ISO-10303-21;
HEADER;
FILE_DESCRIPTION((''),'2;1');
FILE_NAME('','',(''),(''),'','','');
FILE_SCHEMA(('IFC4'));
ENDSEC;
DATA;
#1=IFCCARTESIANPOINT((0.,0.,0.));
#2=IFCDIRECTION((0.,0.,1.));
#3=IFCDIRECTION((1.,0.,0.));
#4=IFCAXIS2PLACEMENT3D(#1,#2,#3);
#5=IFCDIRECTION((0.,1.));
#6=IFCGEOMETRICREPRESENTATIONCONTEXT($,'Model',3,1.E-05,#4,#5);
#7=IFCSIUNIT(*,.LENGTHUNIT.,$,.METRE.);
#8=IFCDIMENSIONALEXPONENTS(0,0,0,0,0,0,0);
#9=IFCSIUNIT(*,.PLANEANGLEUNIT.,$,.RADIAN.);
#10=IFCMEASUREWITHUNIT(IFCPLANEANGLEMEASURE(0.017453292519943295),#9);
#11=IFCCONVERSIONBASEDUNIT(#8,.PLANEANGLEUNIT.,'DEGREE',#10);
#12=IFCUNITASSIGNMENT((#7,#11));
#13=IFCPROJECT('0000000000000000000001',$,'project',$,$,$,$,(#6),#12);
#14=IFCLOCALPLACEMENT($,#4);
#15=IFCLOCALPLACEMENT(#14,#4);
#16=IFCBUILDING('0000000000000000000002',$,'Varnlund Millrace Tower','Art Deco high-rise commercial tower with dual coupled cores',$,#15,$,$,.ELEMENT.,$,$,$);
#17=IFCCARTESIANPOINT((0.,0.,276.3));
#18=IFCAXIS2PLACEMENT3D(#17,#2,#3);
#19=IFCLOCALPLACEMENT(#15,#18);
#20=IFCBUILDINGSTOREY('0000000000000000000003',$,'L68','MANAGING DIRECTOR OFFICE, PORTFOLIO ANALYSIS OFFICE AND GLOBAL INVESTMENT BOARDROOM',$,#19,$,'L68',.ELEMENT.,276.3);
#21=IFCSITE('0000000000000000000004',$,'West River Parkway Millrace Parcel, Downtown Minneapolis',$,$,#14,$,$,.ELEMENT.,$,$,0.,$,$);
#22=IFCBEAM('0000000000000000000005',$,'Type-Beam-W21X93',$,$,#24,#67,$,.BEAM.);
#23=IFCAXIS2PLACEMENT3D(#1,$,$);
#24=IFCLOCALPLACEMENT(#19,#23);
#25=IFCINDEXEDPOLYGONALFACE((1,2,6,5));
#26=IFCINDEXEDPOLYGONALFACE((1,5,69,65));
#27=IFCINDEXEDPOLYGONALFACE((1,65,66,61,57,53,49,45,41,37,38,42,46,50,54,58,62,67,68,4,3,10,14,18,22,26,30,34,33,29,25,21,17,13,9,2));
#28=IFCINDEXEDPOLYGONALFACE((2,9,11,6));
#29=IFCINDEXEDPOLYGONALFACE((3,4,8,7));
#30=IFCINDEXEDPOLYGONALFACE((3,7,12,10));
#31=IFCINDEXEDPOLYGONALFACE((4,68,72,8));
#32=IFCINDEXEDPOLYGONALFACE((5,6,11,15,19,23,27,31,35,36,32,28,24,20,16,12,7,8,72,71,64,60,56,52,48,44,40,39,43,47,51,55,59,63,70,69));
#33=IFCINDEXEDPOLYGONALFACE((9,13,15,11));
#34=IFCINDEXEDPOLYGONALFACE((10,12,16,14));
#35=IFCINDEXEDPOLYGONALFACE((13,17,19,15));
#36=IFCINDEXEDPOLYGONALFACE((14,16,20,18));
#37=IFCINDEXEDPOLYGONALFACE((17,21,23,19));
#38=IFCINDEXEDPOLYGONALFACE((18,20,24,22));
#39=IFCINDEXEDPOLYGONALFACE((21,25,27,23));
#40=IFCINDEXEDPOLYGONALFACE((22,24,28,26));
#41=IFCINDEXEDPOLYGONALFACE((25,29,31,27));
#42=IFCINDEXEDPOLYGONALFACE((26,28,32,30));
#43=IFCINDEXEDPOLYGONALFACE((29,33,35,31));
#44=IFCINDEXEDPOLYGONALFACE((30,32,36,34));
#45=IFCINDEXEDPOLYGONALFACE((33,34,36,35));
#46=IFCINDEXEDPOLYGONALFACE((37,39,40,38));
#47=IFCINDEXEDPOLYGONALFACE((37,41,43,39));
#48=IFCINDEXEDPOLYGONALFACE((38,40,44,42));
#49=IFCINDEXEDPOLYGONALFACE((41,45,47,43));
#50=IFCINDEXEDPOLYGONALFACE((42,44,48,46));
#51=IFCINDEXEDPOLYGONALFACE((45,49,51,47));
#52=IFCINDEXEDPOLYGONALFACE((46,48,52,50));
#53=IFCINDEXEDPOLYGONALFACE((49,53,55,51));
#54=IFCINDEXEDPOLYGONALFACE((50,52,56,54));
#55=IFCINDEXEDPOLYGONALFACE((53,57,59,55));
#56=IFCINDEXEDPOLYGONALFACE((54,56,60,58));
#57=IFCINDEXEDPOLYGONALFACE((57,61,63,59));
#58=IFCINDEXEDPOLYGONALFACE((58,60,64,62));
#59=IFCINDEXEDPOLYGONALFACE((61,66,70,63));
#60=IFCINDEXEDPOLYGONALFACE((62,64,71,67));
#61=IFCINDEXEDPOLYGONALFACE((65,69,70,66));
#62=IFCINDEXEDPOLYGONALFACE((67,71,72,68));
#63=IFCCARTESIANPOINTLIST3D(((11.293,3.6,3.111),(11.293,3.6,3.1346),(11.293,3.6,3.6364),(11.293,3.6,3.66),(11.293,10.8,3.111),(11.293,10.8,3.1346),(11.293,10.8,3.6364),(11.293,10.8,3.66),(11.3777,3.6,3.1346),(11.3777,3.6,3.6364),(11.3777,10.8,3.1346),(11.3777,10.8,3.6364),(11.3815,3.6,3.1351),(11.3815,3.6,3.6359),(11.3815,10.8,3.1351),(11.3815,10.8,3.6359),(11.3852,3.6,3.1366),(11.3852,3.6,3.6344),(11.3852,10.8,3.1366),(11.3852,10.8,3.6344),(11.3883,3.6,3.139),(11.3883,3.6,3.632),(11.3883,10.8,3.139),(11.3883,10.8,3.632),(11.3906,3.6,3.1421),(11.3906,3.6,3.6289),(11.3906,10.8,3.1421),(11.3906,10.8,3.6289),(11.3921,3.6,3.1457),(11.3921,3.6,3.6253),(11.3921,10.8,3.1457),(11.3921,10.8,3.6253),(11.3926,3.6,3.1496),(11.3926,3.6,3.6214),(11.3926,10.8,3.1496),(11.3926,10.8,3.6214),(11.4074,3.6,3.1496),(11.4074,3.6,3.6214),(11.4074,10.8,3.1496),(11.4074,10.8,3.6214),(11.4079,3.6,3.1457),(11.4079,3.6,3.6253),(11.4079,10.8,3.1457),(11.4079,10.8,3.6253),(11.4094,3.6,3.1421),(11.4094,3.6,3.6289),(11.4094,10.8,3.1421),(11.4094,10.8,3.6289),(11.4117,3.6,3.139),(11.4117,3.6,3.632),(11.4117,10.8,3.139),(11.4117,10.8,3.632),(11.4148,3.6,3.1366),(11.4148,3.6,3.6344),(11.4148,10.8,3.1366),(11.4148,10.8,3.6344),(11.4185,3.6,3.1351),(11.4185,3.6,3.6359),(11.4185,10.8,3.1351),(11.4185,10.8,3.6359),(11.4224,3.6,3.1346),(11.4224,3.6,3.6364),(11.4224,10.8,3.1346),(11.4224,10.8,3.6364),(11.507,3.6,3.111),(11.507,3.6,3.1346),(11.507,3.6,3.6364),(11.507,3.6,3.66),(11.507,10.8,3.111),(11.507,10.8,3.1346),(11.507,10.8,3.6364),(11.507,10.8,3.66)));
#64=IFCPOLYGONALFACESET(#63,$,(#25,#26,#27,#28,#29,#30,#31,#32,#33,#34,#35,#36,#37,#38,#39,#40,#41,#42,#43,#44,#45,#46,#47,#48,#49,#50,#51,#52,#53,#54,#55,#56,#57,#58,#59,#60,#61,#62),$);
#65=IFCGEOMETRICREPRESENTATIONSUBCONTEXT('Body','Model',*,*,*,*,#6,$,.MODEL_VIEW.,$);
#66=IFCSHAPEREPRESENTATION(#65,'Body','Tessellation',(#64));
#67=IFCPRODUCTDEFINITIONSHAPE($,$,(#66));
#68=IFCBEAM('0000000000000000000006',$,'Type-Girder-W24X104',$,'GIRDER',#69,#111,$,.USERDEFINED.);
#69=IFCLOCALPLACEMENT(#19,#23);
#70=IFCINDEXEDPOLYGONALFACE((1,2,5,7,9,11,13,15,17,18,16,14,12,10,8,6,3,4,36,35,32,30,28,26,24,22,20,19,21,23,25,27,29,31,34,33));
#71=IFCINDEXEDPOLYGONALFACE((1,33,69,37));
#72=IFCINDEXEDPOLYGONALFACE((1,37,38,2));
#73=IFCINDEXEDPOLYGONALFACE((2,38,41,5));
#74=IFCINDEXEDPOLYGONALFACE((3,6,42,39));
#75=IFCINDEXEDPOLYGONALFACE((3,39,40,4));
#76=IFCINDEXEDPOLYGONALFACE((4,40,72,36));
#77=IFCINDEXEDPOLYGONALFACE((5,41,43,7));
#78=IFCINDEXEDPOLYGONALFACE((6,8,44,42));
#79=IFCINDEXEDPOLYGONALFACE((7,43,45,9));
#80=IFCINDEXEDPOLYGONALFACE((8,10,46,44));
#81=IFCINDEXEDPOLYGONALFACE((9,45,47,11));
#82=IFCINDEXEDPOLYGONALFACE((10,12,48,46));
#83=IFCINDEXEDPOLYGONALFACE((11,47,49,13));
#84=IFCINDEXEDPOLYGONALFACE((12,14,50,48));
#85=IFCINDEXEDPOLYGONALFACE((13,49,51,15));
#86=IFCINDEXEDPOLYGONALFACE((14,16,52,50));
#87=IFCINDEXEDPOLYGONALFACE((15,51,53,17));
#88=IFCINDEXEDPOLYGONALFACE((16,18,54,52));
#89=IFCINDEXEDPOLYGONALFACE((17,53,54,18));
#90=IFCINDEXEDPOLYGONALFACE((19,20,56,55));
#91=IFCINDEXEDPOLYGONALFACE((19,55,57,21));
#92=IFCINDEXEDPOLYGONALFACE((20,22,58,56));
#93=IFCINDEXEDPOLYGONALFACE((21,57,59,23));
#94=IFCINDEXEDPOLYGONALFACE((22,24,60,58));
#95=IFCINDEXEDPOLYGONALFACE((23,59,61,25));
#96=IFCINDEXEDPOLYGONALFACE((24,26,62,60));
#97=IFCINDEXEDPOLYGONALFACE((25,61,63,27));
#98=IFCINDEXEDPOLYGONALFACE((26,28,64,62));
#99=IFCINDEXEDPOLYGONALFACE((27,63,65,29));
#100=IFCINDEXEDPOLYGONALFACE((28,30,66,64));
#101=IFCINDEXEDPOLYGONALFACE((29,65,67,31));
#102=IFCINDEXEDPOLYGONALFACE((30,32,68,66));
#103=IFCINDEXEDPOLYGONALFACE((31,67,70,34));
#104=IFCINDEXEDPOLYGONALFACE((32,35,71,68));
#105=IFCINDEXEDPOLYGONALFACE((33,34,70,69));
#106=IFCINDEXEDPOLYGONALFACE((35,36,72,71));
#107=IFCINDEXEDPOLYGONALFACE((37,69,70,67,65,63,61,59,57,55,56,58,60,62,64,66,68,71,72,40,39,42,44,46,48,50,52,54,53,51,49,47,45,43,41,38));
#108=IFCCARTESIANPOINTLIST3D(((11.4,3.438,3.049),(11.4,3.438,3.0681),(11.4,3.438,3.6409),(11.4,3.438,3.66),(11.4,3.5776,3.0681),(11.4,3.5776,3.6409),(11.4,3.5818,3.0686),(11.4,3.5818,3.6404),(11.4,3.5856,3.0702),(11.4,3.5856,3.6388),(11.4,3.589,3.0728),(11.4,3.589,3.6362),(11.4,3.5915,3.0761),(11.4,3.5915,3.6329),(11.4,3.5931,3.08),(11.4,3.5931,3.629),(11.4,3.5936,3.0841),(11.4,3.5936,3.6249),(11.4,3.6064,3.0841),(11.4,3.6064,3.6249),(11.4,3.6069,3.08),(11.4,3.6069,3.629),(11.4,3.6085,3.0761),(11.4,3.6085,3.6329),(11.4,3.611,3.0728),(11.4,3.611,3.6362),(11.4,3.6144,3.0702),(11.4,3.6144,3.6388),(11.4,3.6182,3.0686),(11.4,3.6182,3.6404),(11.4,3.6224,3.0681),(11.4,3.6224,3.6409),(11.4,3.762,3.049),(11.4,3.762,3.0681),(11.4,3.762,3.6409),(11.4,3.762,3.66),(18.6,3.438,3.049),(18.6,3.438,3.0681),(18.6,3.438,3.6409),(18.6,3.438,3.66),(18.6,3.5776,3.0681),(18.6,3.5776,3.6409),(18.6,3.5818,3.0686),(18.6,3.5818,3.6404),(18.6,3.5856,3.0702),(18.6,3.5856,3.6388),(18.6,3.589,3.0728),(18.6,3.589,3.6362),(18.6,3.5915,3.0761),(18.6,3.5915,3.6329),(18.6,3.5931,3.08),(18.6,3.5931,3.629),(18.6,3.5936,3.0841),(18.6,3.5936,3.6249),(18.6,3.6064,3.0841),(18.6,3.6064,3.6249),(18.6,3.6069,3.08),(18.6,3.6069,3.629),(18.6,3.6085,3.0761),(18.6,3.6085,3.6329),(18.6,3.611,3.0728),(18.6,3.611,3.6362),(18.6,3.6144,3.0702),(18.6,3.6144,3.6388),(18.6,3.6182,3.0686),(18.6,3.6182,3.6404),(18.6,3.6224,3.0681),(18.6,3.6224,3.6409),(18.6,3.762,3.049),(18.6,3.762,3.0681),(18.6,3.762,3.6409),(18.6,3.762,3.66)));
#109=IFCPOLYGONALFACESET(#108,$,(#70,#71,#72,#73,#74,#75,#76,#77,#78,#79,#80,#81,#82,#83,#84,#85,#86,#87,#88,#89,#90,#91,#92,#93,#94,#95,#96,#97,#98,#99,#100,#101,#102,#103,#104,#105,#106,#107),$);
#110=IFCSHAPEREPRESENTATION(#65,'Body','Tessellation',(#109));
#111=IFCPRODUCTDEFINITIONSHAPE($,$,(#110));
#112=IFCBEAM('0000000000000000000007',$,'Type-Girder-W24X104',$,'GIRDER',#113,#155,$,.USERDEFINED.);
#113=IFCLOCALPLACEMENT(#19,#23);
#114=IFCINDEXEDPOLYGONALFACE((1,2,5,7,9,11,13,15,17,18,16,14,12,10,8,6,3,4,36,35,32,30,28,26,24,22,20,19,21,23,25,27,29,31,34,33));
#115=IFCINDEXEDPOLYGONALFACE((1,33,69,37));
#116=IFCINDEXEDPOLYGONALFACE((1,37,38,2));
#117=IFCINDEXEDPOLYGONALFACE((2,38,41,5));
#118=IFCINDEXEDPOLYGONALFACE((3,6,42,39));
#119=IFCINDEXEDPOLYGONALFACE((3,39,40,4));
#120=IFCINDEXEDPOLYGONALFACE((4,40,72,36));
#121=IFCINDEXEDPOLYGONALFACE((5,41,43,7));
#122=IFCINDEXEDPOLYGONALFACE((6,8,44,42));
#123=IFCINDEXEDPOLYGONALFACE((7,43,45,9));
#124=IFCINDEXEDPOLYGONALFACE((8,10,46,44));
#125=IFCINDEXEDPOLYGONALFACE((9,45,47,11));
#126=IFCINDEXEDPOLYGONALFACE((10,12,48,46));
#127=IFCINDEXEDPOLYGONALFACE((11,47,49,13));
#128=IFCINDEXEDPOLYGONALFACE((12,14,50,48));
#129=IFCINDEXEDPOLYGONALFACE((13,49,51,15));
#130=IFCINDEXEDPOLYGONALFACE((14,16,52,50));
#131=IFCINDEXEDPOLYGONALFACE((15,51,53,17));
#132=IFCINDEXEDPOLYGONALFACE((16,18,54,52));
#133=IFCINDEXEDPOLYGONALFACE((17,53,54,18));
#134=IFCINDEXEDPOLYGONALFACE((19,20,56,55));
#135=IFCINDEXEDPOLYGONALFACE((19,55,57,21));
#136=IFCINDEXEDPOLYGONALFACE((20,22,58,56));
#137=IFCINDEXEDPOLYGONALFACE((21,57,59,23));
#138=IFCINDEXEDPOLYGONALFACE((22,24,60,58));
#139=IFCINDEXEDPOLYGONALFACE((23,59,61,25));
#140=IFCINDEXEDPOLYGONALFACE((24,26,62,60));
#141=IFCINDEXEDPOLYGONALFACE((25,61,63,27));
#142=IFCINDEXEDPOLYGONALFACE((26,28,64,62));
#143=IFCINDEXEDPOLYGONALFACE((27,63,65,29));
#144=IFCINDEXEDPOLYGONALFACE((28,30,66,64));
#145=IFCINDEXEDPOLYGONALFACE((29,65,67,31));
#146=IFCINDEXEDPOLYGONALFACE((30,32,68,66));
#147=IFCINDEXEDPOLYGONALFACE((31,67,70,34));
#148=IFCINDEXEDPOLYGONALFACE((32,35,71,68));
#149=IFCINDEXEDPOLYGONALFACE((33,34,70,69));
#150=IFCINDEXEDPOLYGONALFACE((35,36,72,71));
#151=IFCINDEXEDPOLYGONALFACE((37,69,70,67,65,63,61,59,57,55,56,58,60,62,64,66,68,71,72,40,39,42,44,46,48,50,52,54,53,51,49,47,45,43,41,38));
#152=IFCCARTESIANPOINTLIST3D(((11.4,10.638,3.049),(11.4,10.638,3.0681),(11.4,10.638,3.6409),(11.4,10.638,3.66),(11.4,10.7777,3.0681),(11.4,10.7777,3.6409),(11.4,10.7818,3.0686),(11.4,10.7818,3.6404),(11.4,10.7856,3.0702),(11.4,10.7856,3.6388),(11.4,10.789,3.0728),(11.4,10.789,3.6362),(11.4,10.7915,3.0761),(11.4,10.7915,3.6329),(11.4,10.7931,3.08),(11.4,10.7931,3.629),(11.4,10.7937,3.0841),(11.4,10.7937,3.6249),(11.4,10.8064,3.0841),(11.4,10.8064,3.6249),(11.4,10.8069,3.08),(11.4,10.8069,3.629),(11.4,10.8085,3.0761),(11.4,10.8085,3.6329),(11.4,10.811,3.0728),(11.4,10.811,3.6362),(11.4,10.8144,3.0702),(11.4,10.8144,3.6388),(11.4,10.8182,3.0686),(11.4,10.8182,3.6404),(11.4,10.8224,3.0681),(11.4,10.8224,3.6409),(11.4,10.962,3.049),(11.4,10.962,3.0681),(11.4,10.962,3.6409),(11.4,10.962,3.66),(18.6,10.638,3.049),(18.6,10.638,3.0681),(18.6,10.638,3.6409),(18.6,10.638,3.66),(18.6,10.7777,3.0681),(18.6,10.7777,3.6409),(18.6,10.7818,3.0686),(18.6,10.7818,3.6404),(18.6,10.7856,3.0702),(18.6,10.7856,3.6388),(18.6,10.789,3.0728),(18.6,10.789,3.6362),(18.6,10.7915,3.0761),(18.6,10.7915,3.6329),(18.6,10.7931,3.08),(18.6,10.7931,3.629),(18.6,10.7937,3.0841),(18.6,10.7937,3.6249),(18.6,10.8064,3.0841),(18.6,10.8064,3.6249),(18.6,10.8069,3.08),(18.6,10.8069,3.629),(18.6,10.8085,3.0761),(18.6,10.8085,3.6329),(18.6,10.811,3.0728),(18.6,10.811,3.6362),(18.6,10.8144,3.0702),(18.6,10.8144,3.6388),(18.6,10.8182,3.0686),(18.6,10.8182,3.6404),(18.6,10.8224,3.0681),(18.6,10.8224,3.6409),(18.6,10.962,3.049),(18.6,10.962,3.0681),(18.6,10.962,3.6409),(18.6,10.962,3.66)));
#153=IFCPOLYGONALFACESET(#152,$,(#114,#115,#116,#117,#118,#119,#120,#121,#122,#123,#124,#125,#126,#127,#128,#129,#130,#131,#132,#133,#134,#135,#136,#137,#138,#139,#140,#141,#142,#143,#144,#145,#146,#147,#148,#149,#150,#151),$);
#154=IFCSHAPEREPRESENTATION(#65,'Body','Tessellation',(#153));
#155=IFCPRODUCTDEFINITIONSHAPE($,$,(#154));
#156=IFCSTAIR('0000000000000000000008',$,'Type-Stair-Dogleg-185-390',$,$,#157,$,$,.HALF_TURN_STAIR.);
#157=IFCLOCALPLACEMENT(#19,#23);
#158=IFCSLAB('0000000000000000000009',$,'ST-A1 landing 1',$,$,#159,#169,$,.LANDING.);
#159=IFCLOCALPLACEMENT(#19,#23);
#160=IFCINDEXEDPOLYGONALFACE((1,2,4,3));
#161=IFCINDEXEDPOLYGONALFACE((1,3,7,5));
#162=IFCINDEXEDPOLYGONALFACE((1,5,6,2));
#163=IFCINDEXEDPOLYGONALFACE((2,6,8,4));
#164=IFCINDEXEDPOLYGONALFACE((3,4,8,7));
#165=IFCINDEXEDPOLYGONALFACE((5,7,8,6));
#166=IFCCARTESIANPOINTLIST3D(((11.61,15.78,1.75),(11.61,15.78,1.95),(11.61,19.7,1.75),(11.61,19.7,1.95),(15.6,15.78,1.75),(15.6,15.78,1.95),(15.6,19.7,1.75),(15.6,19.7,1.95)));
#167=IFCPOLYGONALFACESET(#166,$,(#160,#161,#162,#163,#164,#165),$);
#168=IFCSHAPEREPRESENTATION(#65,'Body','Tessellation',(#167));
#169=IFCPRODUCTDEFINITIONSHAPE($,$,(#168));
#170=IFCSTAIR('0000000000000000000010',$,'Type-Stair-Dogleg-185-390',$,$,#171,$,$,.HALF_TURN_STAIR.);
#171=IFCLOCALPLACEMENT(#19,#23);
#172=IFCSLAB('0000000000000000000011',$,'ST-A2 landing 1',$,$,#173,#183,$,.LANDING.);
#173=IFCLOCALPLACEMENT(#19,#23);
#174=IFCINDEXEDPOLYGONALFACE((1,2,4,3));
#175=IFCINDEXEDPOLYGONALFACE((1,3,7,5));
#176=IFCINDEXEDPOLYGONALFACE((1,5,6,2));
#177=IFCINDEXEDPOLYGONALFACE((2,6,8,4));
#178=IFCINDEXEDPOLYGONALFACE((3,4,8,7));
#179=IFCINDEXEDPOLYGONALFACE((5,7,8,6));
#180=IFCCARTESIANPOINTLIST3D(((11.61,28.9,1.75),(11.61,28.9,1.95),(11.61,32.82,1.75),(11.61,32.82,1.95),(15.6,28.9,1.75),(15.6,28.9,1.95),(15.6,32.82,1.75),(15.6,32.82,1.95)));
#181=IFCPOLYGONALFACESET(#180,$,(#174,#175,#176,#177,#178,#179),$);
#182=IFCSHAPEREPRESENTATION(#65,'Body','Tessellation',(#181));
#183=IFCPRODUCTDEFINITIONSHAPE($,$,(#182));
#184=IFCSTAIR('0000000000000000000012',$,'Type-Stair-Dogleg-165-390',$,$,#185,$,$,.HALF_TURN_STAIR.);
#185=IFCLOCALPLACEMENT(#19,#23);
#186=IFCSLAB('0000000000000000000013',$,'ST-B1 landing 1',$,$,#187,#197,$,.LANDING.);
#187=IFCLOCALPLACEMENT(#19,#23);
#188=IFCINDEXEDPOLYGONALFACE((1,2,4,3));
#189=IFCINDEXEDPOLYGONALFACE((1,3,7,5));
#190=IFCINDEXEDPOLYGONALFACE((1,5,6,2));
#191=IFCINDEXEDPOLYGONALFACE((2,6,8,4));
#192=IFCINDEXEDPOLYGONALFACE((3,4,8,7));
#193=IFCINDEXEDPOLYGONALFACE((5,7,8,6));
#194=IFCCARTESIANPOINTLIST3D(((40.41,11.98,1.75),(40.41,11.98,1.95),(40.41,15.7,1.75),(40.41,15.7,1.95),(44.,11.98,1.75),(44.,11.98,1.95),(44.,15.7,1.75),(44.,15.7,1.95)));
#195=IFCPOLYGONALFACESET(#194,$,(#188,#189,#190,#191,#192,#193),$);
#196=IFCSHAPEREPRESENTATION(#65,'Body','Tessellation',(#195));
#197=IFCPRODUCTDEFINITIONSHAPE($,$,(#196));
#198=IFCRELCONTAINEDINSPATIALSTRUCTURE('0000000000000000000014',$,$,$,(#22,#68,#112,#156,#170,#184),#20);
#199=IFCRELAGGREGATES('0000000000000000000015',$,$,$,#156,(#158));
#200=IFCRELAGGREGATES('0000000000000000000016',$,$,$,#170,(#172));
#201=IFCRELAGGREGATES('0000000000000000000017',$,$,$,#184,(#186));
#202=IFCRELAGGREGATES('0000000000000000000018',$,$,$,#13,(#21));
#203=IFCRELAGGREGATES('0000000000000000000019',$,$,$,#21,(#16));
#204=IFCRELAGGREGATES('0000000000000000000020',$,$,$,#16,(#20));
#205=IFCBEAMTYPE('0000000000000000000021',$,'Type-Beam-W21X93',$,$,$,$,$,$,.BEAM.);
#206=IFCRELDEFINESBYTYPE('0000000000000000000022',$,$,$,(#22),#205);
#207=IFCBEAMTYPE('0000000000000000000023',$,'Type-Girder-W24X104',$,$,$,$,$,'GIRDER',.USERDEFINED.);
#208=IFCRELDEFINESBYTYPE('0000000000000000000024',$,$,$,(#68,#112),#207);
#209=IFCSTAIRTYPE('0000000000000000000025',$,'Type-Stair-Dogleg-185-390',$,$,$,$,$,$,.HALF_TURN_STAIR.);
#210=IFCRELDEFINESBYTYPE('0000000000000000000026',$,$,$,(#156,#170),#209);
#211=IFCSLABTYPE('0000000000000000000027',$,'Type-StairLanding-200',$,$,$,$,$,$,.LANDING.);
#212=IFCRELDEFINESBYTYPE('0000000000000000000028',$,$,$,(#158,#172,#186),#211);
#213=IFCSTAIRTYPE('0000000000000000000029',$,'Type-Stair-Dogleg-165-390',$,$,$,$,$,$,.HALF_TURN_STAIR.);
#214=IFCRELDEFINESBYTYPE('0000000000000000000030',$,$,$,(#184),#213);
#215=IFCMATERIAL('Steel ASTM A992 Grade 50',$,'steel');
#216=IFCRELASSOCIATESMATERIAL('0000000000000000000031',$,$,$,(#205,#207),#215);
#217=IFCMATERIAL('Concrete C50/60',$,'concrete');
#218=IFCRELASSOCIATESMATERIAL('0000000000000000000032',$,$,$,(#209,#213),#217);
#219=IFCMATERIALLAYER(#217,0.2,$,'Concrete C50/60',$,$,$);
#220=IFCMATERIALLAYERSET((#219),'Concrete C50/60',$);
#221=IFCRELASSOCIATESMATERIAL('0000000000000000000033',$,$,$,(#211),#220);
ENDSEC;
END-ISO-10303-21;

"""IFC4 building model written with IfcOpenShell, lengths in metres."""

from ifc_helpers import new_model, entity, si_unit, converted_unit, direction, frame, origin_with_axes, origin_2d_with_axis, place, context, subcontext, project, spatial, polyline, i_section, outline, extrude, material, layer, layer_set, material_profile, profile_set, type_object, element, aggregate, save


model = new_model("IFC4")

# Units and contexts
model_context = context("Model", 3, precision=1e-05, world=origin_with_axes(), true_north=direction((0.0, 1.0)))
body_context = subcontext(model_context, "Body", "Model", "MODEL_VIEW")
ifc_project = project(units=[si_unit("LENGTHUNIT", "METRE"), converted_unit("PLANEANGLEUNIT", "DEGREE", entity("IfcPlaneAngleMeasure", 0.017453292519943295), si_unit("PLANEANGLEUNIT", "RADIAN"), dimensions=[0, 0, 0, 0, 0, 0, 0])], contexts=[model_context])

# Site, building, storey
site_placement = place(None, origin_with_axes())
site = spatial("IfcSite", under=ifc_project, at=site_placement, Name="West River Parkway Millrace Parcel, Downtown Minneapolis", CompositionType="ELEMENT", RefElevation=0.0)
building_placement = place(site_placement, origin_with_axes())
building = spatial("IfcBuilding", under=site, at=building_placement, Name="Varnlund Millrace Tower", Description="Art Deco high-rise commercial tower with dual coupled cores", CompositionType="ELEMENT")
storey_placement = place(building_placement, frame((0.0, 0.0, 276.3), z_axis=(0.0, 0.0, 1.0), x_axis=(1.0, 0.0, 0.0)))
storey = spatial("IfcBuildingStorey", under=building, at=storey_placement, Name="L68", Description="MANAGING DIRECTOR OFFICE, PORTFOLIO ANALYSIS OFFICE AND GLOBAL INVESTMENT BOARDROOM", LongName="L68", CompositionType="ELEMENT", Elevation=276.3)

# Beams
ifc_material_1 = material(Name="Steel ASTM A992 Grade 50", Category="steel")
ifc_material_profile_1 = material_profile(ifc_material_1, i_section(OverallWidth=0.214, OverallDepth=0.549, WebThickness=0.0147, FlangeThickness=0.0236, FilletRadius=0.015, at=origin_2d_with_axis()), Name="Steel ASTM A992 Grade 50")
ifc_profile_set_1 = profile_set([ifc_material_profile_1], Name="Steel ASTM A992 Grade 50")
beam_type_1 = type_object("IfcBeamType", Name="Type-Beam-W21X93", PredefinedType="BEAM", material=ifc_profile_set_1)
beam_placement = place(storey_placement, frame((11.4, 3.6, 3.3855), z_axis=(0.0, 1.0, 0.0), x_axis=(-1.0, 0.0, 0.0)))
element("IfcBeam", 1, at=beam_placement, inside=storey, type_object=beam_type_1, Name="Type-Beam-W21X93", PredefinedType="BEAM", context=body_context, shape_type="SweptSolid", body=[
    extrude(i_section(OverallWidth=0.214, OverallDepth=0.549, WebThickness=0.0147, FlangeThickness=0.0236, FilletRadius=0.015, at=origin_2d_with_axis()), origin_with_axes(), (0.0, 0.0, 1.0), 7.2),
])
ifc_material_profile_2 = material_profile(ifc_material_1, i_section(OverallWidth=0.324, OverallDepth=0.611, WebThickness=0.0127, FlangeThickness=0.0191, FilletRadius=0.016, at=origin_2d_with_axis()), Name="Steel ASTM A992 Grade 50")
ifc_profile_set_2 = profile_set([ifc_material_profile_2], Name="Steel ASTM A992 Grade 50")
beam_type_2 = type_object("IfcBeamType", Name="Type-Girder-W24X104", ElementType="GIRDER", PredefinedType="USERDEFINED", material=ifc_profile_set_2)
for number, where, z_axis, x_axis, name in (
    (2, (11.4, 3.6, 3.3545), (1.0, 0.0, 0.0), (0.0, 1.0, 0.0), "Type-Girder-W24X104"),
    (3, (11.4, 10.8, 3.3545), (1.0, 0.0, 0.0), (0.0, 1.0, 0.0), "Type-Girder-W24X104"),
):
    element("IfcBeam", number, at=place(storey_placement, frame(where, z_axis=z_axis, x_axis=x_axis)), inside=storey, type_object=beam_type_2, Name=name, ObjectType="GIRDER", PredefinedType="USERDEFINED", context=body_context, shape_type="SweptSolid", body=[
        extrude(i_section(OverallWidth=0.324, OverallDepth=0.611, WebThickness=0.0127, FlangeThickness=0.0191, FilletRadius=0.016, at=origin_2d_with_axis()), origin_with_axes(), (0.0, 0.0, 1.0), 7.2),
    ])

# Stairs, slabs
ifc_material_2 = material(Name="Concrete C50/60", Category="concrete")
stair_type_1 = type_object("IfcStairType", Name="Type-Stair-Dogleg-185-390", PredefinedType="HALF_TURN_STAIR", material=ifc_material_2)
stair_1_placement = place(storey_placement, origin_with_axes())
stair_1 = element("IfcStair", 4, at=stair_1_placement, inside=storey, type_object=stair_type_1, Name="Type-Stair-Dogleg-185-390", PredefinedType="HALF_TURN_STAIR")
ifc_layer_1 = layer(ifc_material_2, 0.2, Name="Concrete C50/60")
ifc_layer_set_1 = layer_set([ifc_layer_1], Name="Concrete C50/60")
slab_type = type_object("IfcSlabType", Name="Type-StairLanding-200", PredefinedType="LANDING", material=ifc_layer_set_1)
slab_1_placement = place(storey_placement, frame((0.0, 0.0, 1.75), z_axis=(0.0, 0.0, 1.0), x_axis=(1.0, 0.0, 0.0)))
slab_1 = element("IfcSlab", 5, at=slab_1_placement, type_object=slab_type, Name="ST-A1 landing 1", PredefinedType="LANDING", context=body_context, shape_type="SweptSolid", body=[
    extrude(outline(polyline([(15.6, 15.78), (15.6, 19.7), (11.61, 19.7), (11.61, 15.78), (15.6, 15.78)])), origin_with_axes(), (0.0, 0.0, 1.0), 0.2),
])
aggregate(stair_1, [slab_1])
stair_2_placement = place(storey_placement, origin_with_axes())
stair_2 = element("IfcStair", 6, at=stair_2_placement, inside=storey, type_object=stair_type_1, Name="Type-Stair-Dogleg-185-390", PredefinedType="HALF_TURN_STAIR")
slab_2_placement = place(storey_placement, frame((0.0, 0.0, 1.75), z_axis=(0.0, 0.0, 1.0), x_axis=(1.0, 0.0, 0.0)))
slab_2 = element("IfcSlab", 7, at=slab_2_placement, type_object=slab_type, Name="ST-A2 landing 1", PredefinedType="LANDING", context=body_context, shape_type="SweptSolid", body=[
    extrude(outline(polyline([(11.61, 32.82), (11.61, 28.9), (15.6, 28.9), (15.6, 32.82), (11.61, 32.82)])), origin_with_axes(), (0.0, 0.0, 1.0), 0.2),
])
aggregate(stair_2, [slab_2])
stair_type_2 = type_object("IfcStairType", Name="Type-Stair-Dogleg-165-390", PredefinedType="HALF_TURN_STAIR", material=ifc_material_2)
stair_3_placement = place(storey_placement, origin_with_axes())
stair_3 = element("IfcStair", 8, at=stair_3_placement, inside=storey, type_object=stair_type_2, Name="Type-Stair-Dogleg-165-390", PredefinedType="HALF_TURN_STAIR")
slab_3_placement = place(storey_placement, frame((0.0, 0.0, 1.75), z_axis=(0.0, 0.0, 1.0), x_axis=(1.0, 0.0, 0.0)))
slab_3 = element("IfcSlab", 9, at=slab_3_placement, type_object=slab_type, Name="ST-B1 landing 1", PredefinedType="LANDING", context=body_context, shape_type="SweptSolid", body=[
    extrude(outline(polyline([(44.0, 11.98), (44.0, 15.7), (40.41, 15.7), (40.41, 11.98), (44.0, 11.98)])), origin_with_axes(), (0.0, 0.0, 1.0), 0.2),
])
aggregate(stair_3, [slab_3])

save(model, "model.ifc")
